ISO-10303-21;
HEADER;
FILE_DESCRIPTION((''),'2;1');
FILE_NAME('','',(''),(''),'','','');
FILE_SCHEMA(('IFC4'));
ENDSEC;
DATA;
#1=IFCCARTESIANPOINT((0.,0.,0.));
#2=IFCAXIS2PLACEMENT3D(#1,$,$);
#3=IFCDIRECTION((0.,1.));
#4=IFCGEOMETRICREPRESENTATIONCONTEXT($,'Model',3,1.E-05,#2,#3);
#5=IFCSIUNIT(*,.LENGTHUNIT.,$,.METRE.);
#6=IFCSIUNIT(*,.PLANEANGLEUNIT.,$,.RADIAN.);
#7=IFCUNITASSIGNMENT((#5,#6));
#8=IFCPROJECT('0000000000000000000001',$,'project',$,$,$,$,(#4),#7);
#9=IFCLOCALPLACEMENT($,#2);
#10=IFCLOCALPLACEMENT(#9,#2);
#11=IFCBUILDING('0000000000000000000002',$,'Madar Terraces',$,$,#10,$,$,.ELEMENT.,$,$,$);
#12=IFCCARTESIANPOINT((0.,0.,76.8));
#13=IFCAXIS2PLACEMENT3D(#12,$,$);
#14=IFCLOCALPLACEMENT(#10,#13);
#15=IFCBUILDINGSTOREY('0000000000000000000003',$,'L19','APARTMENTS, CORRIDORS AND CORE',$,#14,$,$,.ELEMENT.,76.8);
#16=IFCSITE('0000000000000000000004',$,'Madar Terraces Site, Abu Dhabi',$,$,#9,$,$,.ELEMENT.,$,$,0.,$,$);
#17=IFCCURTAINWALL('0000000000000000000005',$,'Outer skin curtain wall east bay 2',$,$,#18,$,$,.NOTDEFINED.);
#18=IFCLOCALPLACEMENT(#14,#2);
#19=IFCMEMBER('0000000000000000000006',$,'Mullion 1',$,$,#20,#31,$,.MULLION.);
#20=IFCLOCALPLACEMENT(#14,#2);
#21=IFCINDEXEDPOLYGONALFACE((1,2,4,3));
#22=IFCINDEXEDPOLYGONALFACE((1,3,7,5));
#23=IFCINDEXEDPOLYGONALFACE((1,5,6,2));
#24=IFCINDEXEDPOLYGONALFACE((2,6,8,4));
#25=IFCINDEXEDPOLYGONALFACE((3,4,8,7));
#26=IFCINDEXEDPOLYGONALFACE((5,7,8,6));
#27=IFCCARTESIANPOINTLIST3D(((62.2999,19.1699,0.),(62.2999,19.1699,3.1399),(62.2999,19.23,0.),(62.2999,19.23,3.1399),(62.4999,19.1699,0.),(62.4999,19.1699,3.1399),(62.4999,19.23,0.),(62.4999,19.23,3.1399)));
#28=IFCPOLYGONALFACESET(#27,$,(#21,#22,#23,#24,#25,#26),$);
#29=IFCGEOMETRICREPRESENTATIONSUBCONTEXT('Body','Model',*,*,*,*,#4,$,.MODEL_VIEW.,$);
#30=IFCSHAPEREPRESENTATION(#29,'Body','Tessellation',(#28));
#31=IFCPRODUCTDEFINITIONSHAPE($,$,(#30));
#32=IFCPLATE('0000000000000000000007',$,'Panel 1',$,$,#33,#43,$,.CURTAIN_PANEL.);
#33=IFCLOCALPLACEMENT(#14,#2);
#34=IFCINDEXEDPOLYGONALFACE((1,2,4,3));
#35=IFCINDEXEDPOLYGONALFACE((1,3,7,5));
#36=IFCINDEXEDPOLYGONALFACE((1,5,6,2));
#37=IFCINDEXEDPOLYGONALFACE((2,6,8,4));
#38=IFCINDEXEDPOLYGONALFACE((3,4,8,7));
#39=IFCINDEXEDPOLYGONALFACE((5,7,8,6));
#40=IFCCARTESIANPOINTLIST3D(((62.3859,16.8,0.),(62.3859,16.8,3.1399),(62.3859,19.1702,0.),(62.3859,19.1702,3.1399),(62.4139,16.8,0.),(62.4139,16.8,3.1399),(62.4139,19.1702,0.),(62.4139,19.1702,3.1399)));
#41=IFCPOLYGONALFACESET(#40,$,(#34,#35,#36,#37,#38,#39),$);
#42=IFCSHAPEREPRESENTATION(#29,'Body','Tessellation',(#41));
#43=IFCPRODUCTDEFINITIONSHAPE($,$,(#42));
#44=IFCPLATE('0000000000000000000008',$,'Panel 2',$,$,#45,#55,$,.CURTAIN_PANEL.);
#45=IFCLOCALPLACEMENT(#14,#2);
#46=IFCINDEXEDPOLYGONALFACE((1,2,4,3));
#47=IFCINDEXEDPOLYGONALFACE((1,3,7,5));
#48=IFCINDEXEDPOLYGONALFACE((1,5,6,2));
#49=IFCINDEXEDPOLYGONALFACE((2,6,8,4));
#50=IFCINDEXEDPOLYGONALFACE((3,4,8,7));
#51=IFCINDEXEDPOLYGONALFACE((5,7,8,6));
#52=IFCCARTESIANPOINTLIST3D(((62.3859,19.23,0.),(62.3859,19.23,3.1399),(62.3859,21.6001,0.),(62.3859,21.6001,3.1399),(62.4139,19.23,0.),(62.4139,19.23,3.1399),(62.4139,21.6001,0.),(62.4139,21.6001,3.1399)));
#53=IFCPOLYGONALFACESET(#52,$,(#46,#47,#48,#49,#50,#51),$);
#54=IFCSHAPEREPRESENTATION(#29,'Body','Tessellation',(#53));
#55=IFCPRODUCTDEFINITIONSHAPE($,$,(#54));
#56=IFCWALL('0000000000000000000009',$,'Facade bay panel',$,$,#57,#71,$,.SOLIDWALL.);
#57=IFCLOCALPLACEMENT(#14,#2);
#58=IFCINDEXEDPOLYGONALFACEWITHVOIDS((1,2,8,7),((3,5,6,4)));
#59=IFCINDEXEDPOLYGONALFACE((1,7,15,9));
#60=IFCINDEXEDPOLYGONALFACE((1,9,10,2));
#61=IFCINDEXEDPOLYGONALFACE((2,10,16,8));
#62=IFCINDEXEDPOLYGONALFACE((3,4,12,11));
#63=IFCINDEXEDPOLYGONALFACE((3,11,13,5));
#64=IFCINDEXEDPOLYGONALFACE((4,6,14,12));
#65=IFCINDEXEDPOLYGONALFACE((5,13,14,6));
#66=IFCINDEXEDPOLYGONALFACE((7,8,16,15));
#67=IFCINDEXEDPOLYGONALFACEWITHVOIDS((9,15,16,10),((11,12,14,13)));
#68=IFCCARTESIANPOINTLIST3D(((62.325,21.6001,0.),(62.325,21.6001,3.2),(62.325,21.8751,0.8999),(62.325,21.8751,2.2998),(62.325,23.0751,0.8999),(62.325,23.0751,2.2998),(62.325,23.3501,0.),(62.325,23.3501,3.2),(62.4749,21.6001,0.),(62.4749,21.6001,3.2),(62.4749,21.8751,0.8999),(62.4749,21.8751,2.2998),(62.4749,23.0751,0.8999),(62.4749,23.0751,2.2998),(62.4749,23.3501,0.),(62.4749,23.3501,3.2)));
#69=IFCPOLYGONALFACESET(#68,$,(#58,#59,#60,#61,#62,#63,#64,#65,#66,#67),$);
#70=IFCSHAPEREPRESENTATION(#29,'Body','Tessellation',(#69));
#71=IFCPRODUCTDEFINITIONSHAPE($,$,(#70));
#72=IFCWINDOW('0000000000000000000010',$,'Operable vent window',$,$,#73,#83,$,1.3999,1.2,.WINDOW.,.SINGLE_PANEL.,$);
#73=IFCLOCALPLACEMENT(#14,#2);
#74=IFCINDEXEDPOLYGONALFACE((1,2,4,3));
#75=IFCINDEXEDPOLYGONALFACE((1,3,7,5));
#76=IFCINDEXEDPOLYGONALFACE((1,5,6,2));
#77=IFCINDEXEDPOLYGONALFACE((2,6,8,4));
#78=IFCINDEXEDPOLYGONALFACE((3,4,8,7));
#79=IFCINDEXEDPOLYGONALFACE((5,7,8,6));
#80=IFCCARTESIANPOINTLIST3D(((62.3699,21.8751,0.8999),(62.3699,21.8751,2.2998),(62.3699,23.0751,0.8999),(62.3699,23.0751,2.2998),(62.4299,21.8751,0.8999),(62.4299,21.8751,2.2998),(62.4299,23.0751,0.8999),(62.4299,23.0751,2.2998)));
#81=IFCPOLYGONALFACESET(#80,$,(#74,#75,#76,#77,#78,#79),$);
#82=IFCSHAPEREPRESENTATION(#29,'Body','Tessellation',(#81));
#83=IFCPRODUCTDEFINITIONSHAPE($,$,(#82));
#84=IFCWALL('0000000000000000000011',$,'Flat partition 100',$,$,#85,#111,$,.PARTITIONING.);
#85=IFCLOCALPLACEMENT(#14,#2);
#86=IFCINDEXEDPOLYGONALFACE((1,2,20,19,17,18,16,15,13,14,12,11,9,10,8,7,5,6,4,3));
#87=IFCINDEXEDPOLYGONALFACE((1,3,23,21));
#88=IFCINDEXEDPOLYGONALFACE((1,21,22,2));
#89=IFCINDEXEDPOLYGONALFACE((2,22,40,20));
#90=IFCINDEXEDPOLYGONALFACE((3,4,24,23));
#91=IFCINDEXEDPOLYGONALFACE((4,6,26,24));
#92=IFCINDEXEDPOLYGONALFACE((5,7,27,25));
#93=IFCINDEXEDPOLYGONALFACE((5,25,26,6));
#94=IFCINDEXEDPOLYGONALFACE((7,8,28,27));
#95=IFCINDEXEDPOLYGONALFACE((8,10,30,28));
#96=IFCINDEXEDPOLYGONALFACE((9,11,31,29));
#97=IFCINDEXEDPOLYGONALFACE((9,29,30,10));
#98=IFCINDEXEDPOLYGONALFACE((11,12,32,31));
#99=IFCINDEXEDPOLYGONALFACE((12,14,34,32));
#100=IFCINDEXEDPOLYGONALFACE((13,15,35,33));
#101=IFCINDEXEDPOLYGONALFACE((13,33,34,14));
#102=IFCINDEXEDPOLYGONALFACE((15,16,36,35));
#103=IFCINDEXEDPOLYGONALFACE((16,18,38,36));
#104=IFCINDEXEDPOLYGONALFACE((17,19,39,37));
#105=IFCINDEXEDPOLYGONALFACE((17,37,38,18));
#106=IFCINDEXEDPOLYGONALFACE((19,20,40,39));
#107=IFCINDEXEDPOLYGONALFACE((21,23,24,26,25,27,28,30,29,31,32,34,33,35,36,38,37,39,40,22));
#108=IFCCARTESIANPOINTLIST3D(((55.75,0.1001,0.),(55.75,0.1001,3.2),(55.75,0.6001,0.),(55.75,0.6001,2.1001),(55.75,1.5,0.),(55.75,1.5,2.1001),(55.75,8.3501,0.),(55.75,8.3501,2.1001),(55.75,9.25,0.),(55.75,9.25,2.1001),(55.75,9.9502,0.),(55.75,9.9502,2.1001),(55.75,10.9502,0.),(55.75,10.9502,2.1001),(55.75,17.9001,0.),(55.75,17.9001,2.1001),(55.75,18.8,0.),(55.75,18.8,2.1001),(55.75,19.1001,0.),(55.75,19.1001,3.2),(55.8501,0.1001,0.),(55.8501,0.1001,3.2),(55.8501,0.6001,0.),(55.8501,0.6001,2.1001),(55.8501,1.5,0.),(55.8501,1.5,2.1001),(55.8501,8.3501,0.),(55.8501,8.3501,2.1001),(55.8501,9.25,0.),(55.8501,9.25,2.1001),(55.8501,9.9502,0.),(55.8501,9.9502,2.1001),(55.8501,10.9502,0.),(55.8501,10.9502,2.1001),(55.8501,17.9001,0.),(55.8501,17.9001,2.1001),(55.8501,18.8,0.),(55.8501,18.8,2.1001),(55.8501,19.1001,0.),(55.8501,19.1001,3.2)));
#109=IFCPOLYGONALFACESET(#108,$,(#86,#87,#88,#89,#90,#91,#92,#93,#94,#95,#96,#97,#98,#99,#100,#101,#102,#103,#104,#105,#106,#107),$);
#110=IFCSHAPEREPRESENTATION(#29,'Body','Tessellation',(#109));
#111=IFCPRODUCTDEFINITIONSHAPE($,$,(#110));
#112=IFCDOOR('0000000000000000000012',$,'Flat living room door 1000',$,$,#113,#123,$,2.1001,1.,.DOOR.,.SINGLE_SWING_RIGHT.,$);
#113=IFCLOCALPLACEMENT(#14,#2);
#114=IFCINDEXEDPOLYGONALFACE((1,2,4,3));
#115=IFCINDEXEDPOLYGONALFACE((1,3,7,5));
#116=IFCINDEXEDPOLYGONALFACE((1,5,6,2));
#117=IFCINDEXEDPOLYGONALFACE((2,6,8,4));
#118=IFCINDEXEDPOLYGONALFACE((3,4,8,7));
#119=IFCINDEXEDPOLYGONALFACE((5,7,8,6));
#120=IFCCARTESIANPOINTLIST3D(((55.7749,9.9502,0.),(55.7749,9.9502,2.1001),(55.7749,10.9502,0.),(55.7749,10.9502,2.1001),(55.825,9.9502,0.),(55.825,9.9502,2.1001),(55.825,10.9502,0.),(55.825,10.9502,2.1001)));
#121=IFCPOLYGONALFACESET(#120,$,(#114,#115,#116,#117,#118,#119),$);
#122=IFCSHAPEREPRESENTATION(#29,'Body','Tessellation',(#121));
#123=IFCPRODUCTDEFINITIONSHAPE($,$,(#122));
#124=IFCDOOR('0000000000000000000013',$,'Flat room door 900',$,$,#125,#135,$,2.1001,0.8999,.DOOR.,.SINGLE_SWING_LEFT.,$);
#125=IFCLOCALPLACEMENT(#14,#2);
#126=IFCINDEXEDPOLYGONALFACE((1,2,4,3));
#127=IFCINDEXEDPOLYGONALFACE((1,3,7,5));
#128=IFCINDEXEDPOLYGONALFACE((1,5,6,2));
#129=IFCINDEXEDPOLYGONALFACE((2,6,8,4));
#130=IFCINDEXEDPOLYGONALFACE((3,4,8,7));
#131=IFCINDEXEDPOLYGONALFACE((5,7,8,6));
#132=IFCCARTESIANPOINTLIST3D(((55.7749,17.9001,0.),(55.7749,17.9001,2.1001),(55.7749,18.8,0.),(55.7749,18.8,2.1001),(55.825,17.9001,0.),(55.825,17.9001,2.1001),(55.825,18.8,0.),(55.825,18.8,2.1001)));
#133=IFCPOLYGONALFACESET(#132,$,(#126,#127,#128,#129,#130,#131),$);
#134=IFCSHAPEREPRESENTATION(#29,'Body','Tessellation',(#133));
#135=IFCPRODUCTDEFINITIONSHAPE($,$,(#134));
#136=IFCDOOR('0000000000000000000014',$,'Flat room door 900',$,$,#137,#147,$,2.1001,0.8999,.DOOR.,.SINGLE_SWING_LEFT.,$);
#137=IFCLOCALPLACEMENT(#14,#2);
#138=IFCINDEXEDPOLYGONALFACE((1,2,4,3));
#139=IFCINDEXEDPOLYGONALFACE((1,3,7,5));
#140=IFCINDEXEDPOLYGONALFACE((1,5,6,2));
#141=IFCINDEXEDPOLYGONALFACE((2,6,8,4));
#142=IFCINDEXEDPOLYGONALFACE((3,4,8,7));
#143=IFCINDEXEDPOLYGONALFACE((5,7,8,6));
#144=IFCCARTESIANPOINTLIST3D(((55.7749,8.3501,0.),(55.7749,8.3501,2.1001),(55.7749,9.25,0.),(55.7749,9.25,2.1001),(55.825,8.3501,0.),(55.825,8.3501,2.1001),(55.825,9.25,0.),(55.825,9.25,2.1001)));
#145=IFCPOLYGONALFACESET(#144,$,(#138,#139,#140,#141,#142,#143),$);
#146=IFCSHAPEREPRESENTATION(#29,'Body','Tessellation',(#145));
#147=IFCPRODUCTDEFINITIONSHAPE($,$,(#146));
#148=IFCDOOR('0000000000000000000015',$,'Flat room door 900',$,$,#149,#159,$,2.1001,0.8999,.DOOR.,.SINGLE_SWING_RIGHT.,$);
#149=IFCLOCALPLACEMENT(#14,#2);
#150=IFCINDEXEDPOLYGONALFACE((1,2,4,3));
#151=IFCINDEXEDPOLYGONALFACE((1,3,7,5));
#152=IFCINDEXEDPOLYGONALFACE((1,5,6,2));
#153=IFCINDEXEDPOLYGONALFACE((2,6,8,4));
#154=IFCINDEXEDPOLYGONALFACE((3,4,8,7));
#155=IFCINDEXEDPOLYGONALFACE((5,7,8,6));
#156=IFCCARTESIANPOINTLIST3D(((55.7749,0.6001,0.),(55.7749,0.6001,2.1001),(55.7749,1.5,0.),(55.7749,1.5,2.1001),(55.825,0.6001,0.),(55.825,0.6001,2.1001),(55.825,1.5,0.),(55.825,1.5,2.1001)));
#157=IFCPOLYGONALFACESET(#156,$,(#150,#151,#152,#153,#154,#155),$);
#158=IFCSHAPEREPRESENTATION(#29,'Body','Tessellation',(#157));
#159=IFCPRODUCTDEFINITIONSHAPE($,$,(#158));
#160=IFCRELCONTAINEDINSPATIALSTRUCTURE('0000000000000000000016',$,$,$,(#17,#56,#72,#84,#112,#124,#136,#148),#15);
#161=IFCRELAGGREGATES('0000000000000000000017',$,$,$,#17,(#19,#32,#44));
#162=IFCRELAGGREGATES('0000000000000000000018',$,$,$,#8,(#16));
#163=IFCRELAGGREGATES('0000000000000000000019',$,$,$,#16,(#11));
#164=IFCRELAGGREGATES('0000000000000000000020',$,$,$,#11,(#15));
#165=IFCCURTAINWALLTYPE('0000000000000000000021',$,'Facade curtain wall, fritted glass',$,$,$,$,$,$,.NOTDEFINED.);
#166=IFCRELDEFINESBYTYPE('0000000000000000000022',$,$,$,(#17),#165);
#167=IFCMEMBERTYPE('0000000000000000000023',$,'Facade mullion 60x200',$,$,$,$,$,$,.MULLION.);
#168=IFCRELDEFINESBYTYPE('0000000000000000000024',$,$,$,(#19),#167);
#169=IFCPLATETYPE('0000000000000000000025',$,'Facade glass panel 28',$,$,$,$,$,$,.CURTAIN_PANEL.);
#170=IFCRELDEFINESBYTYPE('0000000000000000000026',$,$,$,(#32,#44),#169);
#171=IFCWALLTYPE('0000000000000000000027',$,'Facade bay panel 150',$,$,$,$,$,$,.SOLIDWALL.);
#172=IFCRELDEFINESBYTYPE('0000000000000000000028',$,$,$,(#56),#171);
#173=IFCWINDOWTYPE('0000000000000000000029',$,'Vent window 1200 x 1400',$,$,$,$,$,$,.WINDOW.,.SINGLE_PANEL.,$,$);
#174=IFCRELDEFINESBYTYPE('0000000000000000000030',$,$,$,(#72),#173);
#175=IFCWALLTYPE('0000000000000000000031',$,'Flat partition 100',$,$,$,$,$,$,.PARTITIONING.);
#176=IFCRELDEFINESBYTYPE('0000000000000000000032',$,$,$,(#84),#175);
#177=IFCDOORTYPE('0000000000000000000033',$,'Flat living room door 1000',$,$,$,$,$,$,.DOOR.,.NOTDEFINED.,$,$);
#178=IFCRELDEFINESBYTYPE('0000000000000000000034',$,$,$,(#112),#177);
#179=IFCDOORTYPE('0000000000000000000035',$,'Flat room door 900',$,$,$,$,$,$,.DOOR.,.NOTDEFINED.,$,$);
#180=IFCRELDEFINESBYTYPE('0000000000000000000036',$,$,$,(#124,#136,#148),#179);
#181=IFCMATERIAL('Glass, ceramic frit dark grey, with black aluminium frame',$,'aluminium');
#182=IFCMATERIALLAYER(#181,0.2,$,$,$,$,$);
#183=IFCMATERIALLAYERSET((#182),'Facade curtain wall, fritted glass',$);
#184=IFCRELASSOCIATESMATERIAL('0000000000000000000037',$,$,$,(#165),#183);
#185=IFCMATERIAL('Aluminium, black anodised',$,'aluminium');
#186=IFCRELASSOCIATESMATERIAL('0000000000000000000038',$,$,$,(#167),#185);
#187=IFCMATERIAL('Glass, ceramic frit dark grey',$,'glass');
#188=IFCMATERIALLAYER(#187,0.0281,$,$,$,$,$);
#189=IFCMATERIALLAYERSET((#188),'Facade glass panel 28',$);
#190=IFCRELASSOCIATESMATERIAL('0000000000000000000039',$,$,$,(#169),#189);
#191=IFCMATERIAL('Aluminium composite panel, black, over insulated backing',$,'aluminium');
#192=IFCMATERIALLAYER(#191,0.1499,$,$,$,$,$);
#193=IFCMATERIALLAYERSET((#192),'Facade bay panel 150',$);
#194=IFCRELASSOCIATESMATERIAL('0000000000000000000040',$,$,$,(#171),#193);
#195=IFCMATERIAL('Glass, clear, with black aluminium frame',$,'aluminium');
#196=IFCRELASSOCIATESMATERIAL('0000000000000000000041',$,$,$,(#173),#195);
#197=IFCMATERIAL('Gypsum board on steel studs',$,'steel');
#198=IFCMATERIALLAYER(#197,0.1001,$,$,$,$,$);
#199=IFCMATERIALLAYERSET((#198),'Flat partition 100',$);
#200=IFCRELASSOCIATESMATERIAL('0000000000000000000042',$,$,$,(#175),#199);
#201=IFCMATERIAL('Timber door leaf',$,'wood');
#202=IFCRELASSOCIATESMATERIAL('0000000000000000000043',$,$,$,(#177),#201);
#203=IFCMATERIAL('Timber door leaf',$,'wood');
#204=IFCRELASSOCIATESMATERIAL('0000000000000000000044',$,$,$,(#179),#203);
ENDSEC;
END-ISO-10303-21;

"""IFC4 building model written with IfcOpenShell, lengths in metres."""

from ifc_helpers import new_model, si_unit, direction, frame, frame_2d, origin, origin_2d, place, context, subcontext, project, spatial, rectangle, extrude, material, layer, layer_set, material_profile, profile_set, type_object, element, fill, aggregate, save


model = new_model("IFC4")

# Units and contexts
model_context = context("Model", 3, precision=1e-05, world=origin(), true_north=direction((0.0, 1.0)))
body_context = subcontext(model_context, "Body", "Model", "MODEL_VIEW")
ifc_project = project(units=[si_unit("LENGTHUNIT", "METRE"), si_unit("PLANEANGLEUNIT", "RADIAN")], contexts=[model_context])

# Site, building, storey
site_placement = place(None, origin())
site = spatial("IfcSite", under=ifc_project, at=site_placement, Name="Madar Terraces Site, Abu Dhabi", CompositionType="ELEMENT", RefElevation=0.0)
building_placement = place(site_placement, origin())
building = spatial("IfcBuilding", under=site, at=building_placement, Name="Madar Terraces", CompositionType="ELEMENT")
storey_placement = place(building_placement, frame((0.0, 0.0, 76.8)))
storey = spatial("IfcBuildingStorey", under=building, at=storey_placement, Name="L19", Description="APARTMENTS, CORRIDORS AND CORE", CompositionType="ELEMENT", Elevation=76.8)

# Curtain wall, member, plates
ifc_material_1 = material(Name="Glass, ceramic frit dark grey, with black aluminium frame", Category="aluminium")
ifc_layer_1 = layer(ifc_material_1, 0.2)
ifc_layer_set_1 = layer_set([ifc_layer_1], Name="Facade curtain wall, fritted glass")
curtain_wall_type = type_object("IfcCurtainWallType", Name="Facade curtain wall, fritted glass", PredefinedType="NOTDEFINED", material=ifc_layer_set_1)
curtain_wall_placement = place(storey_placement, origin())
curtain_wall = element("IfcCurtainWall", 1, at=curtain_wall_placement, inside=storey, type_object=curtain_wall_type, Name="Outer skin curtain wall east bay 2", PredefinedType="NOTDEFINED")
ifc_material_2 = material(Name="Aluminium, black anodised", Category="aluminium")
ifc_material_profile = material_profile(ifc_material_2, rectangle(XDim=0.2, YDim=0.0601, at=origin_2d()), Name="Facade mullion 60x200")
ifc_profile_set = profile_set([ifc_material_profile], Name="Aluminium, black anodised")
member_type = type_object("IfcMemberType", Name="Facade mullion 60x200", PredefinedType="MULLION", material=ifc_profile_set)
member_placement = place(storey_placement, frame((62.3999, 19.2, 0.0), z_axis=(0.0, 0.0, 1.0), x_axis=(-1.0, 0.0, 0.0)))
member = element("IfcMember", 2, at=member_placement, type_object=member_type, Name="Mullion 1", PredefinedType="MULLION", context=body_context, shape_type="SweptSolid", body=[
    extrude(rectangle(XDim=0.2, YDim=0.0601, at=origin_2d()), origin(), (0.0, 0.0, 1.0), 3.1399),
])
ifc_material_3 = material(Name="Glass, ceramic frit dark grey", Category="glass")
ifc_layer_2 = layer(ifc_material_3, 0.0281)
ifc_layer_set_2 = layer_set([ifc_layer_2], Name="Facade glass panel 28")
plate_type = type_object("IfcPlateType", Name="Facade glass panel 28", PredefinedType="CURTAIN_PANEL", material=ifc_layer_set_2)
plate_1_placement = place(storey_placement, frame((62.3999, 17.9851, 0.0), z_axis=(0.0, 0.0, 1.0), x_axis=(0.0, 1.0, 0.0)))
plate_1 = element("IfcPlate", 3, at=plate_1_placement, type_object=plate_type, Name="Panel 1", PredefinedType="CURTAIN_PANEL", context=body_context, shape_type="SweptSolid", body=[
    extrude(rectangle(XDim=2.3701, YDim=0.0281, at=origin_2d()), origin(), (0.0, 0.0, 1.0), 3.1399),
])
plate_2_placement = place(storey_placement, frame((62.3999, 20.415, 0.0), z_axis=(0.0, 0.0, 1.0), x_axis=(0.0, 1.0, 0.0)))
plate_2 = element("IfcPlate", 4, at=plate_2_placement, type_object=plate_type, Name="Panel 2", PredefinedType="CURTAIN_PANEL", context=body_context, shape_type="SweptSolid", body=[
    extrude(rectangle(XDim=2.3701, YDim=0.0281, at=origin_2d()), origin(), (0.0, 0.0, 1.0), 3.1399),
])
aggregate(curtain_wall, [member, plate_1, plate_2])

# Wall, opening, window
ifc_material_4 = material(Name="Aluminium composite panel, black, over insulated backing", Category="aluminium")
ifc_layer_3 = layer(ifc_material_4, 0.1499)
ifc_layer_set_3 = layer_set([ifc_layer_3], Name="Facade bay panel 150")
wall_type_1 = type_object("IfcWallType", Name="Facade bay panel 150", PredefinedType="SOLIDWALL", material=ifc_layer_set_3)
wall_1_placement = place(storey_placement, frame((62.3999, 21.6001, 0.0), z_axis=(0.0, 0.0, 1.0), x_axis=(0.0, 1.0, 0.0)))
wall_1 = element("IfcWall", 5, at=wall_1_placement, inside=storey, type_object=wall_type_1, Name="Facade bay panel", PredefinedType="SOLIDWALL", context=body_context, shape_type="SweptSolid", body=[
    extrude(rectangle(XDim=1.75, YDim=0.1499, at=frame_2d((0.875, 0.0))), origin(), (0.0, 0.0, 1.0), 3.2),
])
opening_1_placement = place(wall_1_placement, frame((0.2749, 0.0, 0.8999)))
opening_1 = element("IfcOpeningElement", 6, at=opening_1_placement, cuts=wall_1, PredefinedType="OPENING", context=body_context, shape_type="SweptSolid", body=[
    extrude(rectangle(XDim=1.2, YDim=1.3999, at=frame_2d((0.6001, 0.7))), frame((0.0, 0.085, 0.0), z_axis=(0.0, -1.0, 0.0), x_axis=(1.0, 0.0, 0.0)), (0.0, 0.0, 1.0), 0.1699),
])
ifc_material_5 = material(Name="Glass, clear, with black aluminium frame", Category="aluminium")
window_type = type_object("IfcWindowType", Name="Vent window 1200 x 1400", PartitioningType="SINGLE_PANEL", PredefinedType="WINDOW", material=ifc_material_5)
window_placement = place(opening_1_placement, origin())
window = element("IfcWindow", 7, at=window_placement, inside=storey, type_object=window_type, Name="Operable vent window", OverallHeight=1.3999, OverallWidth=1.2, PartitioningType="SINGLE_PANEL", PredefinedType="WINDOW", context=body_context, shape_type="SweptSolid", body=[
    extrude(rectangle(XDim=1.2, YDim=1.3999, at=frame_2d((0.6001, 0.7))), frame((0.0, 0.03, 0.0), z_axis=(0.0, -1.0, 0.0), x_axis=(1.0, 0.0, 0.0)), (0.0, 0.0, 1.0), 0.0601),
])
fill(opening_1, window)

# Wall, openings, doors
ifc_material_6 = material(Name="Gypsum board on steel studs", Category="steel")
ifc_layer_4 = layer(ifc_material_6, 0.1001)
ifc_layer_set_4 = layer_set([ifc_layer_4], Name="Flat partition 100")
wall_type_2 = type_object("IfcWallType", Name="Flat partition 100", PredefinedType="PARTITIONING", material=ifc_layer_set_4)
wall_2_placement = place(storey_placement, frame((55.8, 19.1001, 0.0), z_axis=(0.0, 0.0, 1.0), x_axis=(0.0, -1.0, 0.0)))
wall_2 = element("IfcWall", 8, at=wall_2_placement, inside=storey, type_object=wall_type_2, Name="Flat partition 100", PredefinedType="PARTITIONING", context=body_context, shape_type="SweptSolid", body=[
    extrude(rectangle(XDim=19.0, YDim=0.1001, at=frame_2d((9.5, 0.0))), origin(), (0.0, 0.0, 1.0), 3.2),
])
opening_2_placement = place(wall_2_placement, frame((0.3, 0.0, 0.0)))
opening_2 = element("IfcOpeningElement", 9, at=opening_2_placement, cuts=wall_2, PredefinedType="OPENING", context=body_context, shape_type="SweptSolid", body=[
    extrude(rectangle(XDim=0.8999, YDim=2.1001, at=frame_2d((0.45, 1.05))), frame((0.0, 0.0601, 0.0), z_axis=(0.0, -1.0, 0.0), x_axis=(1.0, 0.0, 0.0)), (0.0, 0.0, 1.0), 0.1201),
])
opening_3_placement = place(wall_2_placement, frame((8.1499, 0.0, 0.0)))
opening_3 = element("IfcOpeningElement", 10, at=opening_3_placement, cuts=wall_2, PredefinedType="OPENING", context=body_context, shape_type="SweptSolid", body=[
    extrude(rectangle(XDim=1.0, YDim=2.1001, at=frame_2d((0.5, 1.05))), frame((0.0, 0.0601, 0.0), z_axis=(0.0, -1.0, 0.0), x_axis=(1.0, 0.0, 0.0)), (0.0, 0.0, 1.0), 0.1201),
])
opening_4_placement = place(wall_2_placement, frame((9.8501, 0.0, 0.0)))
opening_4 = element("IfcOpeningElement", 11, at=opening_4_placement, cuts=wall_2, PredefinedType="OPENING", context=body_context, shape_type="SweptSolid", body=[
    extrude(rectangle(XDim=0.8999, YDim=2.1001, at=frame_2d((0.45, 1.05))), frame((0.0, 0.0601, 0.0), z_axis=(0.0, -1.0, 0.0), x_axis=(1.0, 0.0, 0.0)), (0.0, 0.0, 1.0), 0.1201),
])
opening_5_placement = place(wall_2_placement, frame((17.6001, 0.0, 0.0)))
opening_5 = element("IfcOpeningElement", 12, at=opening_5_placement, cuts=wall_2, PredefinedType="OPENING", context=body_context, shape_type="SweptSolid", body=[
    extrude(rectangle(XDim=0.8999, YDim=2.1001, at=frame_2d((0.45, 1.05))), frame((0.0, 0.0601, 0.0), z_axis=(0.0, -1.0, 0.0), x_axis=(1.0, 0.0, 0.0)), (0.0, 0.0, 1.0), 0.1201),
])
ifc_material_7 = material(Name="Timber door leaf", Category="wood")
door_type_1 = type_object("IfcDoorType", Name="Flat living room door 1000", OperationType="NOTDEFINED", PredefinedType="DOOR", material=ifc_material_7)
door_1_placement = place(opening_3_placement, origin())
door_1 = element("IfcDoor", 13, at=door_1_placement, inside=storey, type_object=door_type_1, Name="Flat living room door 1000", OperationType="SINGLE_SWING_RIGHT", OverallHeight=2.1001, OverallWidth=1.0, PredefinedType="DOOR", context=body_context, shape_type="SweptSolid", body=[
    extrude(rectangle(XDim=1.0, YDim=2.1001, at=frame_2d((0.5, 1.05))), frame((0.0, 0.0249, 0.0), z_axis=(0.0, -1.0, 0.0), x_axis=(1.0, 0.0, 0.0)), (0.0, 0.0, 1.0), 0.05),
])
fill(opening_3, door_1)
ifc_material_8 = material(Name="Timber door leaf", Category="wood")
door_type_2 = type_object("IfcDoorType", Name="Flat room door 900", OperationType="NOTDEFINED", PredefinedType="DOOR", material=ifc_material_8)
door_2_placement = place(opening_2_placement, origin())
door_2 = element("IfcDoor", 14, at=door_2_placement, inside=storey, type_object=door_type_2, Name="Flat room door 900", OperationType="SINGLE_SWING_LEFT", OverallHeight=2.1001, OverallWidth=0.8999, PredefinedType="DOOR", context=body_context, shape_type="SweptSolid", body=[
    extrude(rectangle(XDim=0.8999, YDim=2.1001, at=frame_2d((0.45, 1.05))), frame((0.0, 0.0249, 0.0), z_axis=(0.0, -1.0, 0.0), x_axis=(1.0, 0.0, 0.0)), (0.0, 0.0, 1.0), 0.05),
])
fill(opening_2, door_2)
door_3_placement = place(opening_4_placement, origin())
door_3 = element("IfcDoor", 15, at=door_3_placement, inside=storey, type_object=door_type_2, Name="Flat room door 900", OperationType="SINGLE_SWING_LEFT", OverallHeight=2.1001, OverallWidth=0.8999, PredefinedType="DOOR", context=body_context, shape_type="SweptSolid", body=[
    extrude(rectangle(XDim=0.8999, YDim=2.1001, at=frame_2d((0.45, 1.05))), frame((0.0, 0.0249, 0.0), z_axis=(0.0, -1.0, 0.0), x_axis=(1.0, 0.0, 0.0)), (0.0, 0.0, 1.0), 0.05),
])
fill(opening_4, door_3)
door_4_placement = place(opening_5_placement, origin())
door_4 = element("IfcDoor", 16, at=door_4_placement, inside=storey, type_object=door_type_2, Name="Flat room door 900", OperationType="SINGLE_SWING_RIGHT", OverallHeight=2.1001, OverallWidth=0.8999, PredefinedType="DOOR", context=body_context, shape_type="SweptSolid", body=[
    extrude(rectangle(XDim=0.8999, YDim=2.1001, at=frame_2d((0.45, 1.05))), frame((0.0, 0.0249, 0.0), z_axis=(0.0, -1.0, 0.0), x_axis=(1.0, 0.0, 0.0)), (0.0, 0.0, 1.0), 0.05),
])
fill(opening_5, door_4)

save(model, "model.ifc")
